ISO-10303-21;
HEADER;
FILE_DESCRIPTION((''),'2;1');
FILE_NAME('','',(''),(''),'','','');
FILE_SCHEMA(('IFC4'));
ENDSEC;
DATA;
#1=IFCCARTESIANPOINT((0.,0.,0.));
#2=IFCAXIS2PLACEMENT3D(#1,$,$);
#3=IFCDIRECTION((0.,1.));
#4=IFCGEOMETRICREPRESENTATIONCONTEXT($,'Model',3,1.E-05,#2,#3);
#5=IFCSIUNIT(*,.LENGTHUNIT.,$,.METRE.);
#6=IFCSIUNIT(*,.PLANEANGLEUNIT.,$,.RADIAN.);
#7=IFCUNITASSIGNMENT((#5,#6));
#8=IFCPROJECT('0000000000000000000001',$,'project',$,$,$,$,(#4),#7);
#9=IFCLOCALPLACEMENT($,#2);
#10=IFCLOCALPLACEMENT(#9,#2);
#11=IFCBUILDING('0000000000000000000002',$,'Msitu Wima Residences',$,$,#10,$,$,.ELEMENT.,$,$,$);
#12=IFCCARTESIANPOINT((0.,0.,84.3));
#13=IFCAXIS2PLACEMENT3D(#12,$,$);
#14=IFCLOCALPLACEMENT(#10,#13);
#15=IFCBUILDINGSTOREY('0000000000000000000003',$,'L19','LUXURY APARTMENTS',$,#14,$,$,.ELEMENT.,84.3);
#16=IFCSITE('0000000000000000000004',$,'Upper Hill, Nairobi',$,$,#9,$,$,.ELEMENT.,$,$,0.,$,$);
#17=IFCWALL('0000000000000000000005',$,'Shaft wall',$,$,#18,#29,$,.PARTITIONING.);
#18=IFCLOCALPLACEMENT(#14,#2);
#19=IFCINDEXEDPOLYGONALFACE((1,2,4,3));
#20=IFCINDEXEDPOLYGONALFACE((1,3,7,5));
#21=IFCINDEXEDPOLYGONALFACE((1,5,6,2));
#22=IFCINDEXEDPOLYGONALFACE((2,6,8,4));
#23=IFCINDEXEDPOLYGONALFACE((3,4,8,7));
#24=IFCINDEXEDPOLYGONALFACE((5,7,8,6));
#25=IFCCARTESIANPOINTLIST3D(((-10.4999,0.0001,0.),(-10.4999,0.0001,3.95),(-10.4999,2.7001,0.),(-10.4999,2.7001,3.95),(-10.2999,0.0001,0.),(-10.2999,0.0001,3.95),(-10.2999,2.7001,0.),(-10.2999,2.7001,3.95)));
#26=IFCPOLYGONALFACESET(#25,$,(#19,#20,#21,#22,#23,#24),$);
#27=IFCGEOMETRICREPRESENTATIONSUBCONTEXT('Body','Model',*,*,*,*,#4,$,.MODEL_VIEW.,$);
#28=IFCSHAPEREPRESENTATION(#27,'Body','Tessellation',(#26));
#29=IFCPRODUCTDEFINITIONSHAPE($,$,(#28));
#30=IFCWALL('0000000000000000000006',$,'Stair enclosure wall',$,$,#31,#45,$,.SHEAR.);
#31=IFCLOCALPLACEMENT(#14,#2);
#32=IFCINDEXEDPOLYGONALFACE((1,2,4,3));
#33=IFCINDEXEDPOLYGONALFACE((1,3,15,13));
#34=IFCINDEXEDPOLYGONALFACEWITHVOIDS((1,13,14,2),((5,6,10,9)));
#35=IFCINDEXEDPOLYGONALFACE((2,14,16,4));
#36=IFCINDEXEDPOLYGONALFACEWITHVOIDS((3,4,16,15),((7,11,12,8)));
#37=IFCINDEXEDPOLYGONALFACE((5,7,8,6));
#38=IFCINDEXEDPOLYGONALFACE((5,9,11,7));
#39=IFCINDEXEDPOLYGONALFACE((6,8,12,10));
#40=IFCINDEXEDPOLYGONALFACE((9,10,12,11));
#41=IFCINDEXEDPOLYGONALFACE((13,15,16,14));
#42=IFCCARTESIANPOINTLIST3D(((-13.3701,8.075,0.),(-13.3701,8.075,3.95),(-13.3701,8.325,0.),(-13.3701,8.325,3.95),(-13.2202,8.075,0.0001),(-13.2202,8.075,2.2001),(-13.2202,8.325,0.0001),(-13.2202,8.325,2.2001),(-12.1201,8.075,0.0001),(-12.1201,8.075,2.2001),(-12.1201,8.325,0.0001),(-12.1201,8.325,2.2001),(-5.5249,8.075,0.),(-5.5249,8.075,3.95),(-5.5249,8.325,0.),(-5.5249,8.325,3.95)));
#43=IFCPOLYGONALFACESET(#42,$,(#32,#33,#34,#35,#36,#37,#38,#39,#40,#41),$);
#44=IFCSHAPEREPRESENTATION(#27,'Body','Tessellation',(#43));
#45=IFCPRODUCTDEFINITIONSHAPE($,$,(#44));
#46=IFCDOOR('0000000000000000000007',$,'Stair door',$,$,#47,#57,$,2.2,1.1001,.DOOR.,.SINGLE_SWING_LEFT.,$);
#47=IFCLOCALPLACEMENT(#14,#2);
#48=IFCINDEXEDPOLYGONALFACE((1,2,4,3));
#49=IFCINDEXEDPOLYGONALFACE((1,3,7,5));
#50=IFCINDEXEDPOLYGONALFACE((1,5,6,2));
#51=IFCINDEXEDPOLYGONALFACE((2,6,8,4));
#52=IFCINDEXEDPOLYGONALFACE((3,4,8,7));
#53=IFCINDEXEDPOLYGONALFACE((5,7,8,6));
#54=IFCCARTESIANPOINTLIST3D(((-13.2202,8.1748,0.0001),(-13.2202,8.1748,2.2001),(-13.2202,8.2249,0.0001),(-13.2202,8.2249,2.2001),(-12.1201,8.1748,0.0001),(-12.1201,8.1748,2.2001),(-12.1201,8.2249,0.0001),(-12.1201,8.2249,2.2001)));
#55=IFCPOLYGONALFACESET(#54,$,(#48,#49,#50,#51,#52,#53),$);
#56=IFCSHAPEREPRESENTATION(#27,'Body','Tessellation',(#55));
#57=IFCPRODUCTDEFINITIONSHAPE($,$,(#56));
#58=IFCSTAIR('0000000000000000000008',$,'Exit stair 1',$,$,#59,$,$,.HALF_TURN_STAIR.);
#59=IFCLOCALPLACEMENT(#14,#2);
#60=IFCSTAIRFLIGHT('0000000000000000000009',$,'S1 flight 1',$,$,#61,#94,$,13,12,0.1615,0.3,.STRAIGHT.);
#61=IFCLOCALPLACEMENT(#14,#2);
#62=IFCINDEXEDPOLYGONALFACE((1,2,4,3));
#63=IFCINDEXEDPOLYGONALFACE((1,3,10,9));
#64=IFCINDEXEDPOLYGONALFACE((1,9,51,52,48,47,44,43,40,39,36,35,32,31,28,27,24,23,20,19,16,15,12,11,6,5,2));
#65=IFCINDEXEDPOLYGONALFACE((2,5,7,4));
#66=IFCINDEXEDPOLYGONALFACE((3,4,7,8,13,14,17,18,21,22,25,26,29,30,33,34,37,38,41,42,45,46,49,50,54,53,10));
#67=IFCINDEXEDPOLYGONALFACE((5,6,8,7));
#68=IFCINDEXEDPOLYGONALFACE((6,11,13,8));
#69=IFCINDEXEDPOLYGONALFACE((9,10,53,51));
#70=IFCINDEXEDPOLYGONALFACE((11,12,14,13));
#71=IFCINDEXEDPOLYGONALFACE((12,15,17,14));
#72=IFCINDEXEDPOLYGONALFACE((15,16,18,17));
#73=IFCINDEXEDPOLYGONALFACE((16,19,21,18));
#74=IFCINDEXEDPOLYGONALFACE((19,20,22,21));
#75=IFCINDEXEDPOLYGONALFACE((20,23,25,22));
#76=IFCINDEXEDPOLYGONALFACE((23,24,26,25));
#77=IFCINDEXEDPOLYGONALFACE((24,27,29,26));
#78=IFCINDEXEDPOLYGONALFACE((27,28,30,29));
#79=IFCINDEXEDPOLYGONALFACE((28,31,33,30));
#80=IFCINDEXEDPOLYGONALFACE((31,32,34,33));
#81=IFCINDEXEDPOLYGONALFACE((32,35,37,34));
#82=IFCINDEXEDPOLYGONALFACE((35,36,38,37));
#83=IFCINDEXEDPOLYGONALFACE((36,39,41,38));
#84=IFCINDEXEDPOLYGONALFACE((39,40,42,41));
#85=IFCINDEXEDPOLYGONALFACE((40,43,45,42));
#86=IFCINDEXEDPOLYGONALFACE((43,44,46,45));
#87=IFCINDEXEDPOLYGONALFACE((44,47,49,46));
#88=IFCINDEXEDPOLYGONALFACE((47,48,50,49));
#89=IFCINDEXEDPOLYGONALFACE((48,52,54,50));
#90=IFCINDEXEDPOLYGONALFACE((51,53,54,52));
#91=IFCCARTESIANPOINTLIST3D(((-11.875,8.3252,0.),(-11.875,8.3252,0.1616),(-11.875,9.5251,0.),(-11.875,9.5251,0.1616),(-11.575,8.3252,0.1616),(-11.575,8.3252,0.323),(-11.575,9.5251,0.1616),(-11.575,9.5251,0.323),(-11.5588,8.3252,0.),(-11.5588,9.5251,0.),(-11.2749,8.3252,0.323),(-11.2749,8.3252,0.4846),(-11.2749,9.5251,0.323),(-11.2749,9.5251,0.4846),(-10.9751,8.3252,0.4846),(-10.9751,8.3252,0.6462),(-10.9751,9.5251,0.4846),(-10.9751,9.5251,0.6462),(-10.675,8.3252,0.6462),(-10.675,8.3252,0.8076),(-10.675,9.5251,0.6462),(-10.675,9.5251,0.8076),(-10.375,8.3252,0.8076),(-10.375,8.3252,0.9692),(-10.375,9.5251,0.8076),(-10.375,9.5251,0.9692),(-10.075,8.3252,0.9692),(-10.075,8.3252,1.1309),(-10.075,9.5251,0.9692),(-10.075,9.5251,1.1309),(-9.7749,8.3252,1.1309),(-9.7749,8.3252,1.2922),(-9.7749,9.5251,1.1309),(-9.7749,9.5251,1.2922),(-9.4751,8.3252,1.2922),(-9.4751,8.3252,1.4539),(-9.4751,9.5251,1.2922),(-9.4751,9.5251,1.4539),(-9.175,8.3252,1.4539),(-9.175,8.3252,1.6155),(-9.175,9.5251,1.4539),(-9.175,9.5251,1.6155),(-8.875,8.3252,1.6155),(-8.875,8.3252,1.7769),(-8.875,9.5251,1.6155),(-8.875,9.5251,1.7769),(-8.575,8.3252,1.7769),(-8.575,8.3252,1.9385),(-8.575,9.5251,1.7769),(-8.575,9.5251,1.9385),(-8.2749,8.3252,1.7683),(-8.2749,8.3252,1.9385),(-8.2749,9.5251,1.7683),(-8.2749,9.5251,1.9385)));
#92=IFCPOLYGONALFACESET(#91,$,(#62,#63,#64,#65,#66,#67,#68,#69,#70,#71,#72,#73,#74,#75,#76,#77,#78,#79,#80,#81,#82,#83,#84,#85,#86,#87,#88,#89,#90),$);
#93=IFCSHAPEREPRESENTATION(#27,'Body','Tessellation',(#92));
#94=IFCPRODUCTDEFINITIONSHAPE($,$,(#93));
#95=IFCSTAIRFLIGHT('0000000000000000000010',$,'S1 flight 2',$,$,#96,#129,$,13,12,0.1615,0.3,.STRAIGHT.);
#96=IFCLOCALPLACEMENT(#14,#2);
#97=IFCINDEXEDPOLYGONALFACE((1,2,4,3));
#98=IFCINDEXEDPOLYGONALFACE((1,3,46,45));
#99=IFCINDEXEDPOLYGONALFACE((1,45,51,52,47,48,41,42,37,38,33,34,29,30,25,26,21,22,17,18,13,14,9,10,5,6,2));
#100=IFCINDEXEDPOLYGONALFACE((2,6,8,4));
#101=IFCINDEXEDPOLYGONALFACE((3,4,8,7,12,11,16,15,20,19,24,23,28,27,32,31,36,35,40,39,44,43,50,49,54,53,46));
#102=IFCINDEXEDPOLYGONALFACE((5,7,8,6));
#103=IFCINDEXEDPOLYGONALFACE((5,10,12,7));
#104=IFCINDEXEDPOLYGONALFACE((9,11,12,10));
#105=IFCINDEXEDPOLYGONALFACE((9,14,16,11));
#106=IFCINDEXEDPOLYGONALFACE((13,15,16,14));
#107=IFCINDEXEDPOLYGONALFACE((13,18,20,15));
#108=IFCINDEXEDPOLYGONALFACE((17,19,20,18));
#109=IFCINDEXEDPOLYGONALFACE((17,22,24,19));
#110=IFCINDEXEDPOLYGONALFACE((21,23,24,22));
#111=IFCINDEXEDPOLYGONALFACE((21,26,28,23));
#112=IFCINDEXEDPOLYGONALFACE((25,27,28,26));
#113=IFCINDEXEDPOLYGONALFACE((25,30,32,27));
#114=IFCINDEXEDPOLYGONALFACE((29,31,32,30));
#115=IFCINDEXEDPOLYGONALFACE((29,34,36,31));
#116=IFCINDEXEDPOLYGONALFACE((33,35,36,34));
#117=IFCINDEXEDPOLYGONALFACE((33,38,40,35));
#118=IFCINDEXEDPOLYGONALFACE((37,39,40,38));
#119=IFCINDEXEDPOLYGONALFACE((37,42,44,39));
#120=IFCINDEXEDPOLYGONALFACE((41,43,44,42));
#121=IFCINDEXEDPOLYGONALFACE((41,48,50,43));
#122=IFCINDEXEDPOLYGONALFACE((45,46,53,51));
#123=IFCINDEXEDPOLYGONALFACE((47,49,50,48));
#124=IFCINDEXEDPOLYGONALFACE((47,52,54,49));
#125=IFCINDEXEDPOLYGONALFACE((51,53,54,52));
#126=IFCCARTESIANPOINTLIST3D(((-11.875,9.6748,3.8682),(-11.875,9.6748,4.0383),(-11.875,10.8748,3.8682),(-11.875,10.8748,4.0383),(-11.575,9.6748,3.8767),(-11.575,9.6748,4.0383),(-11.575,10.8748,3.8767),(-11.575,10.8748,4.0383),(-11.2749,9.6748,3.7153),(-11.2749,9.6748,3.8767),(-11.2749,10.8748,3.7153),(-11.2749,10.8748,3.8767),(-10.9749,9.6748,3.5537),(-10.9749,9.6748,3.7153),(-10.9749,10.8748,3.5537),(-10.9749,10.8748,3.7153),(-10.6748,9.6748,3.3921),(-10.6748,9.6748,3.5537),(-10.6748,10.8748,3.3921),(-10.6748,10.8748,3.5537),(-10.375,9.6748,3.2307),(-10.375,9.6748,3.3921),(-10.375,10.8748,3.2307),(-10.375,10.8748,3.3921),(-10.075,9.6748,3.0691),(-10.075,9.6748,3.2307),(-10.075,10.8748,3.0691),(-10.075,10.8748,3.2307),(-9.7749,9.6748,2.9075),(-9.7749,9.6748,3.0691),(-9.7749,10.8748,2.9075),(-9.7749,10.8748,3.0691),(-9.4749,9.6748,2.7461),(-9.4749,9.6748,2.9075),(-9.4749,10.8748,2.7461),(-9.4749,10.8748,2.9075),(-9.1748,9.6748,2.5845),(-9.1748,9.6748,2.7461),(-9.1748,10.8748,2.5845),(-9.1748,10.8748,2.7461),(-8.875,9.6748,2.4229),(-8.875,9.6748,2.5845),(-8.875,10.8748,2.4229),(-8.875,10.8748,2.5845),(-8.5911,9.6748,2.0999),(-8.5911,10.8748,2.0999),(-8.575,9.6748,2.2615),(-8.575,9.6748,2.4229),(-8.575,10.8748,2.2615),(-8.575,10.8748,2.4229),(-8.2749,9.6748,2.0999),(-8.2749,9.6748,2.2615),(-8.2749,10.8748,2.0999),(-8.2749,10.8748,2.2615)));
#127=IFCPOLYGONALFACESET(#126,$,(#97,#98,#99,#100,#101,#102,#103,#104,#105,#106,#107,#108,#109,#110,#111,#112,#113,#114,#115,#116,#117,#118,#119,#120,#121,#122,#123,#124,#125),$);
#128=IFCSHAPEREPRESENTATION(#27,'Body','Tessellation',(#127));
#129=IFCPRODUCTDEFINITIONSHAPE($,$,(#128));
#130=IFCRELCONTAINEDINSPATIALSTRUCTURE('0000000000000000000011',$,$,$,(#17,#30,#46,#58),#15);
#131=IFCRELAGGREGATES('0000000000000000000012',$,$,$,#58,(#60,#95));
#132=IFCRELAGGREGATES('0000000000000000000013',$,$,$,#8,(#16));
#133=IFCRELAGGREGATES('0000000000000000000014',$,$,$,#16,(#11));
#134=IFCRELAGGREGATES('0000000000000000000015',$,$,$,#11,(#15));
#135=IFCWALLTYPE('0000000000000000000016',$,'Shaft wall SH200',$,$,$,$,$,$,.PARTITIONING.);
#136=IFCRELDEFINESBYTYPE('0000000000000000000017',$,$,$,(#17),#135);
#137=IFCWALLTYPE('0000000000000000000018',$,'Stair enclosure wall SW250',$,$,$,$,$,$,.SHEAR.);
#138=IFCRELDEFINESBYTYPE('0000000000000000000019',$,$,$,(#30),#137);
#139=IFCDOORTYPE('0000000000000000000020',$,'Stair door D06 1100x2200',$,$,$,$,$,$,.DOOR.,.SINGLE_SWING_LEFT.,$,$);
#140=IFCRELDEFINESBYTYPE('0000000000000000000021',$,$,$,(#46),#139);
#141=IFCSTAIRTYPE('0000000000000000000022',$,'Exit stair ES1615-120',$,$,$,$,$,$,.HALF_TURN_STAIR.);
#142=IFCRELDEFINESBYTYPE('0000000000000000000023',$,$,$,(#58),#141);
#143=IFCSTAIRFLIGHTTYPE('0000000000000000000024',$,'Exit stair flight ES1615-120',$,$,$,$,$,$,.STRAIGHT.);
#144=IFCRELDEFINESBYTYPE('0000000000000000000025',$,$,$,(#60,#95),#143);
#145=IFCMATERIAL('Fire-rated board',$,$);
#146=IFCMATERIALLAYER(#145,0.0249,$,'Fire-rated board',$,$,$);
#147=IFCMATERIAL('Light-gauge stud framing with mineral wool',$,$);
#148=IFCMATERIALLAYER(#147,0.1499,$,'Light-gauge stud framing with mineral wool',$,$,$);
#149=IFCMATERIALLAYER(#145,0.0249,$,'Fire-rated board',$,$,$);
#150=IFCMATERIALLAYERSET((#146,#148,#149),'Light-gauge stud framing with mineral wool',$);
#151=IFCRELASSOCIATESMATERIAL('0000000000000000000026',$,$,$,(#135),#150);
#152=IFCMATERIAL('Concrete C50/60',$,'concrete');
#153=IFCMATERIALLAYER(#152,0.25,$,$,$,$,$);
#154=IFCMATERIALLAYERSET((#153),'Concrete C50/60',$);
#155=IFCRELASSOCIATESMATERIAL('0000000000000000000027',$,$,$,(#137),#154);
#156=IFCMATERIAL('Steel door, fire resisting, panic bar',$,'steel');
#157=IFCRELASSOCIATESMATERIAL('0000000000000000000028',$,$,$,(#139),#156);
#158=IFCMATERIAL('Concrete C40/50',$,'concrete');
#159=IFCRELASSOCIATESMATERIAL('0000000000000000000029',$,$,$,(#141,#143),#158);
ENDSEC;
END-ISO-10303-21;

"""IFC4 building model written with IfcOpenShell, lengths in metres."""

from ifc_helpers import new_model, si_unit, direction, frame, frame_2d, origin, place, context, subcontext, project, spatial, polyline, rectangle, outline, extrude, material, layer, layer_set, type_object, element, fill, aggregate, save


model = new_model("IFC4")

# Units and contexts
model_context = context("Model", 3, precision=1e-05, world=origin(), true_north=direction((0.0, 1.0)))
body_context = subcontext(model_context, "Body", "Model", "MODEL_VIEW")
ifc_project = project(units=[si_unit("LENGTHUNIT", "METRE"), si_unit("PLANEANGLEUNIT", "RADIAN")], contexts=[model_context])

# Site, building, storey
site_placement = place(None, origin())
site = spatial("IfcSite", under=ifc_project, at=site_placement, Name="Upper Hill, Nairobi", CompositionType="ELEMENT", RefElevation=0.0)
building_placement = place(site_placement, origin())
building = spatial("IfcBuilding", under=site, at=building_placement, Name="Msitu Wima Residences", CompositionType="ELEMENT")
storey_placement = place(building_placement, frame((0.0, 0.0, 84.3)))
storey = spatial("IfcBuildingStorey", under=building, at=storey_placement, Name="L19", Description="LUXURY APARTMENTS", CompositionType="ELEMENT", Elevation=84.3)

# Shared definitions
ifc_material_1 = material(Name="Fire-rated board")
ifc_layer_1 = layer(ifc_material_1, 0.0249, Name="Fire-rated board")
ifc_material_2 = material(Name="Light-gauge stud framing with mineral wool")
ifc_layer_2 = layer(ifc_material_2, 0.1499, Name="Light-gauge stud framing with mineral wool")
ifc_layer_3 = layer(ifc_material_1, 0.0249, Name="Fire-rated board")
ifc_layer_set_1 = layer_set([ifc_layer_1, ifc_layer_2, ifc_layer_3], Name="Light-gauge stud framing with mineral wool")
wall_type_1 = type_object("IfcWallType", Name="Shaft wall SH200", PredefinedType="PARTITIONING", material=ifc_layer_set_1)

# Wall
wall_1_placement = place(storey_placement, frame((-10.3999, 0.0, 0.0), z_axis=(0.0, 0.0, 1.0), x_axis=(0.0, 1.0, 0.0)))
element("IfcWall", 1, at=wall_1_placement, inside=storey, type_object=wall_type_1, Name="Shaft wall", PredefinedType="PARTITIONING", context=body_context, shape_type="SweptSolid", body=[
    extrude(rectangle(XDim=2.7, YDim=0.2, at=frame_2d((1.3501, 0.0))), origin(), (0.0, 0.0, 1.0), 3.95),
])

# Wall, opening, door
ifc_material_3 = material(Name="Concrete C50/60", Category="concrete")
ifc_layer_4 = layer(ifc_material_3, 0.25)
ifc_layer_set_2 = layer_set([ifc_layer_4], Name="Concrete C50/60")
wall_type_2 = type_object("IfcWallType", Name="Stair enclosure wall SW250", PredefinedType="SHEAR", material=ifc_layer_set_2)
wall_2_placement = place(storey_placement, frame((-13.3701, 8.2, 0.0), z_axis=(0.0, 0.0, 1.0), x_axis=(1.0, 0.0, 0.0)))
wall_2 = element("IfcWall", 2, at=wall_2_placement, inside=storey, type_object=wall_type_2, Name="Stair enclosure wall", PredefinedType="SHEAR", context=body_context, shape_type="SweptSolid", body=[
    extrude(rectangle(XDim=7.8452, YDim=0.25, at=frame_2d((3.9226, 0.0))), origin(), (0.0, 0.0, 1.0), 3.95),
])
opening_1_placement = place(wall_2_placement, frame((0.1499, 0.0, 0.0)))
opening_1 = element("IfcOpeningElement", 3, at=opening_1_placement, cuts=wall_2, PredefinedType="OPENING", context=body_context, shape_type="SweptSolid", body=[
    extrude(rectangle(XDim=1.1001, YDim=2.2, at=frame_2d((0.55, 1.1001))), frame((0.0, 0.135, 0.0), z_axis=(0.0, -1.0, 0.0), x_axis=(1.0, 0.0, 0.0)), (0.0, 0.0, 1.0), 0.27),
])
ifc_material_4 = material(Name="Steel door, fire resisting, panic bar", Category="steel")
door_type_1 = type_object("IfcDoorType", Name="Stair door D06 1100x2200", OperationType="SINGLE_SWING_LEFT", PredefinedType="DOOR", material=ifc_material_4)
door_1_placement = place(opening_1_placement, origin())
door_1 = element("IfcDoor", 4, at=door_1_placement, inside=storey, type_object=door_type_1, Name="Stair door", OperationType="SINGLE_SWING_LEFT", OverallHeight=2.2, OverallWidth=1.1001, PredefinedType="DOOR", context=body_context, shape_type="SweptSolid", body=[
    extrude(rectangle(XDim=1.1001, YDim=2.2, at=frame_2d((0.55, 1.1001))), frame((0.0, 0.0249, 0.0), z_axis=(0.0, -1.0, 0.0), x_axis=(1.0, 0.0, 0.0)), (0.0, 0.0, 1.0), 0.05),
])
fill(opening_1, door_1)

# Stair, stair flights
ifc_material_5 = material(Name="Concrete C40/50", Category="concrete")
stair_type = type_object("IfcStairType", Name="Exit stair ES1615-120", PredefinedType="HALF_TURN_STAIR", material=ifc_material_5)
stair_placement = place(storey_placement, origin())
stair = element("IfcStair", 5, at=stair_placement, inside=storey, type_object=stair_type, Name="Exit stair 1", PredefinedType="HALF_TURN_STAIR")
stair_flight_type = type_object("IfcStairFlightType", Name="Exit stair flight ES1615-120", PredefinedType="STRAIGHT", material=ifc_material_5)
stair_flight_1_placement = place(storey_placement, frame((-11.875, 8.925, 0.0), z_axis=(0.0, 0.0, 1.0), x_axis=(1.0, 0.0, 0.0)))
stair_flight_1 = element("IfcStairFlight", 6, at=stair_flight_1_placement, type_object=stair_flight_type, Name="S1 flight 1", NumberOfRisers=13, NumberOfTreads=12, PredefinedType="STRAIGHT", RiserHeight=0.1615, TreadLength=0.3, context=body_context, shape_type="SweptSolid", body=[
    extrude(outline(polyline([(0.0, 0.0), (0.0, 0.1616), (0.3, 0.1616), (0.3, 0.323), (0.6001, 0.323), (0.6001, 0.4846), (0.8999, 0.4846), (0.8999, 0.6462), (1.2, 0.6462), (1.2, 0.8076), (1.5, 0.8076), (1.5, 0.9692), (1.8, 0.9692), (1.8, 1.1309), (2.1001, 1.1309), (2.1001, 1.2922), (2.3999, 1.2922), (2.3999, 1.4539), (2.7, 1.4539), (2.7, 1.6155), (3.0, 1.6155), (3.0, 1.7769), (3.3, 1.7769), (3.3, 1.9385), (3.6001, 1.9385), (3.6001, 2.1001), (3.6001, 1.7683), (0.3162, 0.0), (0.0, 0.0)])), frame((0.0, 0.6001, 0.0), z_axis=(0.0, -1.0, 0.0), x_axis=(1.0, 0.0, 0.0)), (0.0, 0.0, 1.0), 1.2),
])
stair_flight_2_placement = place(storey_placement, frame((-8.2749, 10.2749, 2.0999), z_axis=(0.0, 0.0, 1.0), x_axis=(-1.0, 0.0, 0.0)))
stair_flight_2 = element("IfcStairFlight", 7, at=stair_flight_2_placement, type_object=stair_flight_type, Name="S1 flight 2", NumberOfRisers=13, NumberOfTreads=12, PredefinedType="STRAIGHT", RiserHeight=0.1615, TreadLength=0.3, context=body_context, shape_type="SweptSolid", body=[
    extrude(outline(polyline([(0.0, 0.0), (0.0, 0.1616), (0.3, 0.1616), (0.3, 0.323), (0.6001, 0.323), (0.6001, 0.4846), (0.8999, 0.4846), (0.8999, 0.6462), (1.2, 0.6462), (1.2, 0.8076), (1.5, 0.8076), (1.5, 0.9692), (1.8, 0.9692), (1.8, 1.1309), (2.1001, 1.1309), (2.1001, 1.2922), (2.3999, 1.2922), (2.3999, 1.4539), (2.7, 1.4539), (2.7, 1.6155), (3.0, 1.6155), (3.0, 1.7769), (3.3, 1.7769), (3.3, 1.9385), (3.6001, 1.9385), (3.6001, 2.1001), (3.6001, 1.7683), (0.3162, 0.0), (0.0, 0.0)])), frame((0.0, 0.6001, 0.0), z_axis=(0.0, -1.0, 0.0), x_axis=(1.0, 0.0, 0.0)), (0.0, 0.0, 1.0), 1.2),
])
aggregate(stair, [stair_flight_1, stair_flight_2])

save(model, "model.ifc")
